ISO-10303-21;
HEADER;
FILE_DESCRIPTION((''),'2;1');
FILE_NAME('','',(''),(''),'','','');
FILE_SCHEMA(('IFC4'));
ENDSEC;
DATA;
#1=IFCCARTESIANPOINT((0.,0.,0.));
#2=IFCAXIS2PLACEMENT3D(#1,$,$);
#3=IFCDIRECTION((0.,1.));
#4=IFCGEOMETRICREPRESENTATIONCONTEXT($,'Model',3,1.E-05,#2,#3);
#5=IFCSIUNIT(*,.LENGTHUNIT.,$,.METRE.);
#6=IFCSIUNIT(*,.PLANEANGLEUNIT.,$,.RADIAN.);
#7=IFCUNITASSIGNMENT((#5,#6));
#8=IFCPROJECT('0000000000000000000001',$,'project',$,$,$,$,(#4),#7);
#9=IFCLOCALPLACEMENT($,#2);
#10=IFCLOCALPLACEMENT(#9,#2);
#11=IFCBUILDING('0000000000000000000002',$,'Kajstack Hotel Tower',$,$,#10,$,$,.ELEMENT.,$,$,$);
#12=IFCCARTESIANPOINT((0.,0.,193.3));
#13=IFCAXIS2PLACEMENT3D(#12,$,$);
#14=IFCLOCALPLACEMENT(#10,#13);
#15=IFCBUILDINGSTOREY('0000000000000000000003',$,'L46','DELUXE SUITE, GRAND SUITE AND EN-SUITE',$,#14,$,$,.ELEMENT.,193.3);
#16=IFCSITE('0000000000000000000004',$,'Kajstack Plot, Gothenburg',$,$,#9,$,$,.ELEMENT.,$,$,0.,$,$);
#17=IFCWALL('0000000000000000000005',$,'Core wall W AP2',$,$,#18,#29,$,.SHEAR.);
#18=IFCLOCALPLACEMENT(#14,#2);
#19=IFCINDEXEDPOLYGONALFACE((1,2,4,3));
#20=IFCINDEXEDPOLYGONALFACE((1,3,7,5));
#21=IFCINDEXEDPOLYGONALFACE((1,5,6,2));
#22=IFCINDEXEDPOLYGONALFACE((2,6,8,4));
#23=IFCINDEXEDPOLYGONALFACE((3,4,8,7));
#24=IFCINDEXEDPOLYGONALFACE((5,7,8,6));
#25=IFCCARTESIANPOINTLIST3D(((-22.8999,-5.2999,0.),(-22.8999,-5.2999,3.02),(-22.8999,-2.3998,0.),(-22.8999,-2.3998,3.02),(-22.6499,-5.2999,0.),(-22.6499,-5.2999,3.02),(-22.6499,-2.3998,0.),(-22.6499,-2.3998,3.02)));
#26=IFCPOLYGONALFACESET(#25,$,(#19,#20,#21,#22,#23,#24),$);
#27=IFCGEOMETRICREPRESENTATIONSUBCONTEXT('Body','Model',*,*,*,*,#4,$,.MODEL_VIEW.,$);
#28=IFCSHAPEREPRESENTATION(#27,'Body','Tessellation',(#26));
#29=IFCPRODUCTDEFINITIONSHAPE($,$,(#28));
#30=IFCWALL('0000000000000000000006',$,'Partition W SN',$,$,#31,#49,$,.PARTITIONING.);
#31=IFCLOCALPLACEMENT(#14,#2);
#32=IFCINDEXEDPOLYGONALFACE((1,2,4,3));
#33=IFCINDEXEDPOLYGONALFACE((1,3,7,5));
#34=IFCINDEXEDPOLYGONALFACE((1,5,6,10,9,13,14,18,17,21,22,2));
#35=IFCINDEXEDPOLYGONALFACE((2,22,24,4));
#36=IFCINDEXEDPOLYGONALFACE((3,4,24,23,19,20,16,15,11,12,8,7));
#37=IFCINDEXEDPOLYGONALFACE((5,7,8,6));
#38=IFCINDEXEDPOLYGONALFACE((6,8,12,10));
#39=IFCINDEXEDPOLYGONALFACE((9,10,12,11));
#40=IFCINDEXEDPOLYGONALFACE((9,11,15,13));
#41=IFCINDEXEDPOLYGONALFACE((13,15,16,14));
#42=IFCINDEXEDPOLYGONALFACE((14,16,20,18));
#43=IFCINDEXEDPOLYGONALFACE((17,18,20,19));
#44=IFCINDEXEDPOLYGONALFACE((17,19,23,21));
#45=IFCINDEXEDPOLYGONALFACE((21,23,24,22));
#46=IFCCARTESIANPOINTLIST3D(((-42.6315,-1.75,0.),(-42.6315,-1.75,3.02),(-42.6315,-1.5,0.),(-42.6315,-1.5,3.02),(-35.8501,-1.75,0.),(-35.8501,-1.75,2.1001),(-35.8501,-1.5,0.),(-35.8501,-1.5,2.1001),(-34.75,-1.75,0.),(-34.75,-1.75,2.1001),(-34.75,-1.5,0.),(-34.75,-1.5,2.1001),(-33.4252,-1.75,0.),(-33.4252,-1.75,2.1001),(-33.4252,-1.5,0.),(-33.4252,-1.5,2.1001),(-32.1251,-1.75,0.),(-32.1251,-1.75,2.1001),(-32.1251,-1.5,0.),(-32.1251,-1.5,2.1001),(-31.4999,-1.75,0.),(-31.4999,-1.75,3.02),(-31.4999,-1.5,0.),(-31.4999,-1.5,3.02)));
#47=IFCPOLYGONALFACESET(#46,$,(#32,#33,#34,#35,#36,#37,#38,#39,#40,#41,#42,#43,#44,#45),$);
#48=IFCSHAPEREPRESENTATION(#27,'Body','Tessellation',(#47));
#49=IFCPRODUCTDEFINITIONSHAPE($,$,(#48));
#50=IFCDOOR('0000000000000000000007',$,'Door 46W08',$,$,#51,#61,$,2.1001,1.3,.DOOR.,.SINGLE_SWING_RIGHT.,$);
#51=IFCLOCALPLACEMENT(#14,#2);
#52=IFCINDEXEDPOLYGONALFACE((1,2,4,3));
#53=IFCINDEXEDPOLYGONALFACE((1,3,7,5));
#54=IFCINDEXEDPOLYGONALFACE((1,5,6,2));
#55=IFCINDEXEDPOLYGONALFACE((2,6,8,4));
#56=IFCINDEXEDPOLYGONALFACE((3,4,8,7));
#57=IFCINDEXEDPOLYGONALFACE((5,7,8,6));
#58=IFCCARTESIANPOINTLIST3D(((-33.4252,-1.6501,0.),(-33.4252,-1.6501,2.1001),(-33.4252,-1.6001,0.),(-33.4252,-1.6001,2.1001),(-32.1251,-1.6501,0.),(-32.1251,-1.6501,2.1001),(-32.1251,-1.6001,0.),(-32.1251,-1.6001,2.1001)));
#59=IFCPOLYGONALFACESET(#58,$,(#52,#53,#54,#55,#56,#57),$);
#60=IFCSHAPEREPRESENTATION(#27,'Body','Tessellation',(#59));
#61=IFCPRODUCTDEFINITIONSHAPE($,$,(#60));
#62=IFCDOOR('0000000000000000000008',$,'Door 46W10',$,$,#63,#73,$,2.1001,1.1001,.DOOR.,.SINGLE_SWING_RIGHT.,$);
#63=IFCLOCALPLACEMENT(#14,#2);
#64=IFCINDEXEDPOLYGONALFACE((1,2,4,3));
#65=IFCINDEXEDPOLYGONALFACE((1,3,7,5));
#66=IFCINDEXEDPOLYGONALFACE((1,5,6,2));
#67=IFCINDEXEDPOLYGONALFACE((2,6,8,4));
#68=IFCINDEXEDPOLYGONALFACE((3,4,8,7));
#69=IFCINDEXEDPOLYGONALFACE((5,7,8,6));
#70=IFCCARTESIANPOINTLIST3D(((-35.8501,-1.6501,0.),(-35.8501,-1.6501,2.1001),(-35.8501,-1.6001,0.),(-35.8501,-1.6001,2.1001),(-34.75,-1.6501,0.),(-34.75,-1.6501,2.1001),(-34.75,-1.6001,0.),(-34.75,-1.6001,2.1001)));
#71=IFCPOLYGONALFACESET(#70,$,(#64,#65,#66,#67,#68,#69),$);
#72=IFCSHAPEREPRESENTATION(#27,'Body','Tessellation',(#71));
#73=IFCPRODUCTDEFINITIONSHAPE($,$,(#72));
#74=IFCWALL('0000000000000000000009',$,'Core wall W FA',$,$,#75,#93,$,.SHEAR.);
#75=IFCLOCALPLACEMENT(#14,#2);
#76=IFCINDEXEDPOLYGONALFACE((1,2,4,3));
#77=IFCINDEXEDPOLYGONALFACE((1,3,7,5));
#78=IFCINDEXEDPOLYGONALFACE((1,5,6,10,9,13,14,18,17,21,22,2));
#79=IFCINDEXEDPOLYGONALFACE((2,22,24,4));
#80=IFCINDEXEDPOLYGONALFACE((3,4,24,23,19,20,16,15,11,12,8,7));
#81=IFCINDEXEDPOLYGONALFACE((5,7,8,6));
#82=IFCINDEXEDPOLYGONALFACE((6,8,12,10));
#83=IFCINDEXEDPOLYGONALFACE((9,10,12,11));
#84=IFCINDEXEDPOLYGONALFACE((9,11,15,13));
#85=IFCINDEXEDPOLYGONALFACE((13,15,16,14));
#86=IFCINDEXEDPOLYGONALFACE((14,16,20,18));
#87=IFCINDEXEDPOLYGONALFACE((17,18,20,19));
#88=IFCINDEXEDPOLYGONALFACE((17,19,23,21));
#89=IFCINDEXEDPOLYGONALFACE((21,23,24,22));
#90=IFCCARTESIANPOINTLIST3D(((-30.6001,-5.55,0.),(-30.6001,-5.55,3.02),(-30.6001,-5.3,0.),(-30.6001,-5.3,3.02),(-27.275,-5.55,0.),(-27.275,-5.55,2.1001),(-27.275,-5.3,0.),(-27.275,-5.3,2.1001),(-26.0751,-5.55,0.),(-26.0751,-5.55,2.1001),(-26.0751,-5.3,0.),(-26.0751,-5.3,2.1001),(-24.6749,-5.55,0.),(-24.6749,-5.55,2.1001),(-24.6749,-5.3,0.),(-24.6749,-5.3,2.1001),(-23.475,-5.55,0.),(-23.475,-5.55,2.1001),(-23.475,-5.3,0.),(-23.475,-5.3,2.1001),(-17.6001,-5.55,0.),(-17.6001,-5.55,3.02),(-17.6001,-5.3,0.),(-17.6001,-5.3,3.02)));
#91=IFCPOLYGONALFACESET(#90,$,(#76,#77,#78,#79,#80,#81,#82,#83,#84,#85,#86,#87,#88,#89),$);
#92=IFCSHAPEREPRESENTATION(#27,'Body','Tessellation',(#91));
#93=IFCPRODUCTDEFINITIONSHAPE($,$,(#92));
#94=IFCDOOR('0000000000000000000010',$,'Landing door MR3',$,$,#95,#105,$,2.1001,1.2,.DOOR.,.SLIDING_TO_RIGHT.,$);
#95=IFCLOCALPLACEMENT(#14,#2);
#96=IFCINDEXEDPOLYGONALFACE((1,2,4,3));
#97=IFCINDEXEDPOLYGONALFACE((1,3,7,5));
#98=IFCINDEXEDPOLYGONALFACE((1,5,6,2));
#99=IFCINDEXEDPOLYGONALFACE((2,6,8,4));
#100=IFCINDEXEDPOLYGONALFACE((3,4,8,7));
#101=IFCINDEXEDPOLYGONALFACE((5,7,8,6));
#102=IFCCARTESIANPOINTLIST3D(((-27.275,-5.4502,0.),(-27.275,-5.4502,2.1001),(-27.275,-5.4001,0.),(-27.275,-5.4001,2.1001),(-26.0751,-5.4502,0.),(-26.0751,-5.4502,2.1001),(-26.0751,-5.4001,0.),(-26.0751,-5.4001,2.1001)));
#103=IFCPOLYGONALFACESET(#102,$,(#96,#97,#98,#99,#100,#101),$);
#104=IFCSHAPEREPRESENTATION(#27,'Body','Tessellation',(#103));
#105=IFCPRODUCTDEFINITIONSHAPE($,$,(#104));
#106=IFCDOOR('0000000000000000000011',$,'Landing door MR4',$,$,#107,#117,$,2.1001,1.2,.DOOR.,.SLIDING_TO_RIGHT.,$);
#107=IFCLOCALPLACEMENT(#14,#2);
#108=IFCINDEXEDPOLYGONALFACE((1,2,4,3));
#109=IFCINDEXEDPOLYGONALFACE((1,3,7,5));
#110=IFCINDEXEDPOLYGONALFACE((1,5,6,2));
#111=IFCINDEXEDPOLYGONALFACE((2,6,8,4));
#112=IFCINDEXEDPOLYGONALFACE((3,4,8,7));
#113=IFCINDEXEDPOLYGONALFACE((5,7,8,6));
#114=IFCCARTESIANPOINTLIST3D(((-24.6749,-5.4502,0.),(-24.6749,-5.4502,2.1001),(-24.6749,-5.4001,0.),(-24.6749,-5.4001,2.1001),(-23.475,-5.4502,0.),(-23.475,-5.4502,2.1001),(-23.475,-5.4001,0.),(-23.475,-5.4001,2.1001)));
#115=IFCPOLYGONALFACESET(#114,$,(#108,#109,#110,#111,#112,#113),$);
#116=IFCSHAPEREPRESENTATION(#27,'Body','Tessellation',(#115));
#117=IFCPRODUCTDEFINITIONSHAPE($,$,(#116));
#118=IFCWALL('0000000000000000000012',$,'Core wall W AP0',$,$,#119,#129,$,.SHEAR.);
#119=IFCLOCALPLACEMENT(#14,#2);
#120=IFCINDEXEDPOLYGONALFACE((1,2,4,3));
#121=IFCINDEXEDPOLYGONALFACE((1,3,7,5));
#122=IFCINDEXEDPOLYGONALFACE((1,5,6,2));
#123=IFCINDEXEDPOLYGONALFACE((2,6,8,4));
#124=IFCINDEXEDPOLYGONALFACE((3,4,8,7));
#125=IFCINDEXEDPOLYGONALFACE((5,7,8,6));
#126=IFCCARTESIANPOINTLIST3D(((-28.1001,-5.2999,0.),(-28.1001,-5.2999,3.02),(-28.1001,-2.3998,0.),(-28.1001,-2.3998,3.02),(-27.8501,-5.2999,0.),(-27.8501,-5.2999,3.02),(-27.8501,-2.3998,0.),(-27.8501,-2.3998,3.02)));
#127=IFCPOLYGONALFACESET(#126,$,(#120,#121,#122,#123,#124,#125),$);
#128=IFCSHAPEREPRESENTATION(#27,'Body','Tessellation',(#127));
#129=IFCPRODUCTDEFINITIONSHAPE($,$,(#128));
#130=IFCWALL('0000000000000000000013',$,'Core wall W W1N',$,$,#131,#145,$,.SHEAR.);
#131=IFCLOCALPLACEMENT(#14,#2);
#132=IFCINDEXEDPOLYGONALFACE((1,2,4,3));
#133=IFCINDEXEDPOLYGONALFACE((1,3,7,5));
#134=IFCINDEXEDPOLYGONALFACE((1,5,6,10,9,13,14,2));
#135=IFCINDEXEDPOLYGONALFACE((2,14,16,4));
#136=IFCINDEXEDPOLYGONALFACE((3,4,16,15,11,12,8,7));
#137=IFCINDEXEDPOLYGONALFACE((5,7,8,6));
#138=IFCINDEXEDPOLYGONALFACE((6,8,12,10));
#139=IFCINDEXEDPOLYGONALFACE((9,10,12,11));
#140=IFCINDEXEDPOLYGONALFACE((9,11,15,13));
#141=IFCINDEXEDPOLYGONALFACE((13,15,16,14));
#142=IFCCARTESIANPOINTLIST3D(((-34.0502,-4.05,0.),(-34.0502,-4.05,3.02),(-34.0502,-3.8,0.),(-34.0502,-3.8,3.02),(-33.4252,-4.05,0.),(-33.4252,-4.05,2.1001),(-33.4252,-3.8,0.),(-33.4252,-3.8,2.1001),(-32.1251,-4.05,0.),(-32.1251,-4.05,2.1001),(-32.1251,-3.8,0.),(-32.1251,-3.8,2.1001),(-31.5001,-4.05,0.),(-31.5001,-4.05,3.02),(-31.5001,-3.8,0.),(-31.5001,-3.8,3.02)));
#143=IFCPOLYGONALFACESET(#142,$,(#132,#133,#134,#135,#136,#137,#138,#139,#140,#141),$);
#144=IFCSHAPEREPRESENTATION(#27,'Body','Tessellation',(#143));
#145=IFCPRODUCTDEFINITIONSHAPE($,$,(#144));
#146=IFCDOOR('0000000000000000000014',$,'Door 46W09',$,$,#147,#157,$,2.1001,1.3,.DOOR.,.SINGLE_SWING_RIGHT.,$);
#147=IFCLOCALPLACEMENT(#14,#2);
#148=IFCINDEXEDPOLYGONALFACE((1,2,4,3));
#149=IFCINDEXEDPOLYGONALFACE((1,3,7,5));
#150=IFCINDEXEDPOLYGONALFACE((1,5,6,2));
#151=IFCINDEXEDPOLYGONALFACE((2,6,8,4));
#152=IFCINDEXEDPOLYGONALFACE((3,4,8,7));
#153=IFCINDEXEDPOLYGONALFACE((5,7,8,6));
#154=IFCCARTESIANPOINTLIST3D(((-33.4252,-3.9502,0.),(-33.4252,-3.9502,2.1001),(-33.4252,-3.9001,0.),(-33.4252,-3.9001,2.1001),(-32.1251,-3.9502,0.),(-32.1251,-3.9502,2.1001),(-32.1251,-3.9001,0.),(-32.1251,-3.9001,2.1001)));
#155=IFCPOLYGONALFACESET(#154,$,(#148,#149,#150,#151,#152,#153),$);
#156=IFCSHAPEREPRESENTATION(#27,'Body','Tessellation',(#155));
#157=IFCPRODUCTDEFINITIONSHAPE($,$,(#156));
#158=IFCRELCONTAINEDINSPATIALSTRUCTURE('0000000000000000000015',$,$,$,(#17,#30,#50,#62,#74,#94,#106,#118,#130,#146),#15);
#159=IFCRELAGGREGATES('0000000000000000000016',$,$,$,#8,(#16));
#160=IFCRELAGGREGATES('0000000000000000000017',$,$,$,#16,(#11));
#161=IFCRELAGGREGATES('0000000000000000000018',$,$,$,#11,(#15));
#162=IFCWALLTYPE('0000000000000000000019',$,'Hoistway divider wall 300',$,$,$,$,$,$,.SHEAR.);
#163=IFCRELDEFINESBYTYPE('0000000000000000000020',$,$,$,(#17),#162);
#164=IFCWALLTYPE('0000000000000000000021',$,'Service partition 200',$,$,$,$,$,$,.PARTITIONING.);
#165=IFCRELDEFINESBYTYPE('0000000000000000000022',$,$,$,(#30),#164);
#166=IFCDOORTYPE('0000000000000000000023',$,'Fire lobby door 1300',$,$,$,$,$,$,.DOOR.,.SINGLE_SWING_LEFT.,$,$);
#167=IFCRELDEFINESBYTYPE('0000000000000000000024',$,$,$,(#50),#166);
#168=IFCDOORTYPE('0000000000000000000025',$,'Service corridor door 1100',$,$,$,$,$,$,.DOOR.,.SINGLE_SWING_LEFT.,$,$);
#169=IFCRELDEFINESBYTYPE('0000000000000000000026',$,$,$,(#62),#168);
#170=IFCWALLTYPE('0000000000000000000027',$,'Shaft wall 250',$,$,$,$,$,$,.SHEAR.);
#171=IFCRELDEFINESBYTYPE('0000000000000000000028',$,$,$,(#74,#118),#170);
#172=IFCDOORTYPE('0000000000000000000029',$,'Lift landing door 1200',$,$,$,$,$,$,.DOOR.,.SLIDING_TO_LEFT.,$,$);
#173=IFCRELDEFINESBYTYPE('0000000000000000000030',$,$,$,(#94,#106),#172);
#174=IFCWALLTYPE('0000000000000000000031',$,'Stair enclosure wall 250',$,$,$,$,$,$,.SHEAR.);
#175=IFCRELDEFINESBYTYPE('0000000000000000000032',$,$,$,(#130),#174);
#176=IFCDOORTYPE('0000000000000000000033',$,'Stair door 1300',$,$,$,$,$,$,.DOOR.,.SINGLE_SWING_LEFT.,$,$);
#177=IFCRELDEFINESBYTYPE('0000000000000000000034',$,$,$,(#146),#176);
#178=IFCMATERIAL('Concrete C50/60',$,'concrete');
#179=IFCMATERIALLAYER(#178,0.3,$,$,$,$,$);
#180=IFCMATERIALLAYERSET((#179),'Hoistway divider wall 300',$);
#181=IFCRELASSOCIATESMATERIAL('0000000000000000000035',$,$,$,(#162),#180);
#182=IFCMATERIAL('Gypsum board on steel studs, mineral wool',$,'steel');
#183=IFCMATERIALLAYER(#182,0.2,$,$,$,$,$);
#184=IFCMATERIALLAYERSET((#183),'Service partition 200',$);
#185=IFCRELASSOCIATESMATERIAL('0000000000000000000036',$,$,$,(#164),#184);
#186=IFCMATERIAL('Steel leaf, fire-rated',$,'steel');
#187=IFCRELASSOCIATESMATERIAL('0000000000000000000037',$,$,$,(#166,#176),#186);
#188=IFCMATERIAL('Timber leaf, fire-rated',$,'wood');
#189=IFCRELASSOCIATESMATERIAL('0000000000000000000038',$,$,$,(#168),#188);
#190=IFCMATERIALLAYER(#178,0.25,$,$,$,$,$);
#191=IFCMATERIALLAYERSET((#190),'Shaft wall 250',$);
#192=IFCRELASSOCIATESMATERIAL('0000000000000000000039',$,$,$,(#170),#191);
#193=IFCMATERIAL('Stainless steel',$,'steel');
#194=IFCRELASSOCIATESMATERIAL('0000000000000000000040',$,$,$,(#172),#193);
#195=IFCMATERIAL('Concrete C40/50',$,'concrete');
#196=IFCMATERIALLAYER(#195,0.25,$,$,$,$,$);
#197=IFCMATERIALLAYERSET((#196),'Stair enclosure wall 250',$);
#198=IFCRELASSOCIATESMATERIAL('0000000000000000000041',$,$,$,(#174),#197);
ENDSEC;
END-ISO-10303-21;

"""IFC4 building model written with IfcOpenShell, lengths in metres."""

from ifc_helpers import new_model, si_unit, direction, frame, frame_2d, origin, place, context, subcontext, project, spatial, rectangle, extrude, material, layer, layer_set, type_object, element, fill, save


model = new_model("IFC4")

# Units and contexts
model_context = context("Model", 3, precision=1e-05, world=origin(), true_north=direction((0.0, 1.0)))
body_context = subcontext(model_context, "Body", "Model", "MODEL_VIEW")
ifc_project = project(units=[si_unit("LENGTHUNIT", "METRE"), si_unit("PLANEANGLEUNIT", "RADIAN")], contexts=[model_context])

# Site, building, storey
site_placement = place(None, origin())
site = spatial("IfcSite", under=ifc_project, at=site_placement, Name="Kajstack Plot, Gothenburg", CompositionType="ELEMENT", RefElevation=0.0)
building_placement = place(site_placement, origin())
building = spatial("IfcBuilding", under=site, at=building_placement, Name="Kajstack Hotel Tower", CompositionType="ELEMENT")
storey_placement = place(building_placement, frame((0.0, 0.0, 193.3)))
storey = spatial("IfcBuildingStorey", under=building, at=storey_placement, Name="L46", Description="DELUXE SUITE, GRAND SUITE AND EN-SUITE", CompositionType="ELEMENT", Elevation=193.3)

# Shared definitions
ifc_material_1 = material(Name="Gypsum board on steel studs, mineral wool", Category="steel")

# Wall
ifc_material_2 = material(Name="Concrete C50/60", Category="concrete")
ifc_layer_1 = layer(ifc_material_2, 0.3)
ifc_layer_set_1 = layer_set([ifc_layer_1], Name="Hoistway divider wall 300")
wall_type_1 = type_object("IfcWallType", Name="Hoistway divider wall 300", PredefinedType="SHEAR", material=ifc_layer_set_1)
wall_1_placement = place(storey_placement, frame((-22.7749, -5.3, 0.0), z_axis=(0.0, 0.0, 1.0), x_axis=(0.0, 1.0, 0.0)))
element("IfcWall", 1, at=wall_1_placement, inside=storey, type_object=wall_type_1, Name="Core wall W AP2", PredefinedType="SHEAR", context=body_context, shape_type="SweptSolid", body=[
    extrude(rectangle(XDim=2.9001, YDim=0.25, at=frame_2d((1.4502, 0.0))), origin(), (0.0, 0.0, 1.0), 3.02),
])

# Walls, openings, doors
ifc_layer_2 = layer(ifc_material_1, 0.2)
ifc_layer_set_2 = layer_set([ifc_layer_2], Name="Service partition 200")
wall_type_2 = type_object("IfcWallType", Name="Service partition 200", PredefinedType="PARTITIONING", material=ifc_layer_set_2)
wall_2_placement = place(storey_placement, frame((-42.6316, -1.625, 0.0), z_axis=(0.0, 0.0, 1.0), x_axis=(1.0, 0.0, 0.0)))
wall_2 = element("IfcWall", 2, at=wall_2_placement, inside=storey, type_object=wall_type_2, Name="Partition W SN", PredefinedType="PARTITIONING", context=body_context, shape_type="SweptSolid", body=[
    extrude(rectangle(XDim=11.1316, YDim=0.25, at=frame_2d((5.5659, 0.0))), origin(), (0.0, 0.0, 1.0), 3.02),
])
opening_1_placement = place(wall_2_placement, frame((9.2065, 0.0, 0.0)))
opening_1 = element("IfcOpeningElement", 3, at=opening_1_placement, cuts=wall_2, PredefinedType="OPENING", context=body_context, shape_type="SweptSolid", body=[
    extrude(rectangle(XDim=1.3, YDim=2.1001, at=frame_2d((0.6499, 1.05))), frame((0.0, 0.135, 0.0), z_axis=(0.0, -1.0, 0.0), x_axis=(1.0, 0.0, 0.0)), (0.0, 0.0, 1.0), 0.27),
])
opening_2_placement = place(wall_2_placement, frame((6.7815, 0.0, 0.0)))
opening_2 = element("IfcOpeningElement", 4, at=opening_2_placement, cuts=wall_2, PredefinedType="OPENING", context=body_context, shape_type="SweptSolid", body=[
    extrude(rectangle(XDim=1.1001, YDim=2.1001, at=frame_2d((0.55, 1.05))), frame((0.0, 0.135, 0.0), z_axis=(0.0, -1.0, 0.0), x_axis=(1.0, 0.0, 0.0)), (0.0, 0.0, 1.0), 0.27),
])
ifc_material_3 = material(Name="Steel leaf, fire-rated", Category="steel")
door_type_1 = type_object("IfcDoorType", Name="Fire lobby door 1300", OperationType="SINGLE_SWING_LEFT", PredefinedType="DOOR", material=ifc_material_3)
door_1_placement = place(opening_1_placement, origin())
door_1 = element("IfcDoor", 5, at=door_1_placement, inside=storey, type_object=door_type_1, Name="Door 46W08", OperationType="SINGLE_SWING_RIGHT", OverallHeight=2.1001, OverallWidth=1.3, PredefinedType="DOOR", context=body_context, shape_type="SweptSolid", body=[
    extrude(rectangle(XDim=1.3, YDim=2.1001, at=frame_2d((0.6499, 1.05))), frame((0.0, 0.0249, 0.0), z_axis=(0.0, -1.0, 0.0), x_axis=(1.0, 0.0, 0.0)), (0.0, 0.0, 1.0), 0.05),
])
fill(opening_1, door_1)
ifc_material_4 = material(Name="Timber leaf, fire-rated", Category="wood")
door_type_2 = type_object("IfcDoorType", Name="Service corridor door 1100", OperationType="SINGLE_SWING_LEFT", PredefinedType="DOOR", material=ifc_material_4)
door_2_placement = place(opening_2_placement, origin())
door_2 = element("IfcDoor", 6, at=door_2_placement, inside=storey, type_object=door_type_2, Name="Door 46W10", OperationType="SINGLE_SWING_RIGHT", OverallHeight=2.1001, OverallWidth=1.1001, PredefinedType="DOOR", context=body_context, shape_type="SweptSolid", body=[
    extrude(rectangle(XDim=1.1001, YDim=2.1001, at=frame_2d((0.55, 1.05))), frame((0.0, 0.0249, 0.0), z_axis=(0.0, -1.0, 0.0), x_axis=(1.0, 0.0, 0.0)), (0.0, 0.0, 1.0), 0.05),
])
fill(opening_2, door_2)
ifc_layer_3 = layer(ifc_material_2, 0.25)
ifc_layer_set_3 = layer_set([ifc_layer_3], Name="Shaft wall 250")
wall_type_3 = type_object("IfcWallType", Name="Shaft wall 250", PredefinedType="SHEAR", material=ifc_layer_set_3)
wall_3_placement = place(storey_placement, frame((-30.6001, -5.425, 0.0), z_axis=(0.0, 0.0, 1.0), x_axis=(1.0, 0.0, 0.0)))
wall_3 = element("IfcWall", 7, at=wall_3_placement, inside=storey, type_object=wall_type_3, Name="Core wall W FA", PredefinedType="SHEAR", context=body_context, shape_type="SweptSolid", body=[
    extrude(rectangle(XDim=13.0, YDim=0.25, at=frame_2d((6.5, 0.0))), origin(), (0.0, 0.0, 1.0), 3.02),
])
opening_3_placement = place(wall_3_placement, frame((3.325, 0.0, 0.0)))
opening_3 = element("IfcOpeningElement", 8, at=opening_3_placement, cuts=wall_3, PredefinedType="OPENING", context=body_context, shape_type="SweptSolid", body=[
    extrude(rectangle(XDim=1.2, YDim=2.1001, at=frame_2d((0.6001, 1.05))), frame((0.0, 0.135, 0.0), z_axis=(0.0, -1.0, 0.0), x_axis=(1.0, 0.0, 0.0)), (0.0, 0.0, 1.0), 0.27),
])
opening_4_placement = place(wall_3_placement, frame((5.925, 0.0, 0.0)))
opening_4 = element("IfcOpeningElement", 9, at=opening_4_placement, cuts=wall_3, PredefinedType="OPENING", context=body_context, shape_type="SweptSolid", body=[
    extrude(rectangle(XDim=1.2, YDim=2.1001, at=frame_2d((0.6001, 1.05))), frame((0.0, 0.135, 0.0), z_axis=(0.0, -1.0, 0.0), x_axis=(1.0, 0.0, 0.0)), (0.0, 0.0, 1.0), 0.27),
])
ifc_material_5 = material(Name="Stainless steel", Category="steel")
door_type_3 = type_object("IfcDoorType", Name="Lift landing door 1200", OperationType="SLIDING_TO_LEFT", PredefinedType="DOOR", material=ifc_material_5)
door_3_placement = place(opening_3_placement, origin())
door_3 = element("IfcDoor", 10, at=door_3_placement, inside=storey, type_object=door_type_3, Name="Landing door MR3", OperationType="SLIDING_TO_RIGHT", OverallHeight=2.1001, OverallWidth=1.2, PredefinedType="DOOR", context=body_context, shape_type="SweptSolid", body=[
    extrude(rectangle(XDim=1.2, YDim=2.1001, at=frame_2d((0.6001, 1.05))), frame((0.0, 0.0249, 0.0), z_axis=(0.0, -1.0, 0.0), x_axis=(1.0, 0.0, 0.0)), (0.0, 0.0, 1.0), 0.05),
])
fill(opening_3, door_3)
door_4_placement = place(opening_4_placement, origin())
door_4 = element("IfcDoor", 11, at=door_4_placement, inside=storey, type_object=door_type_3, Name="Landing door MR4", OperationType="SLIDING_TO_RIGHT", OverallHeight=2.1001, OverallWidth=1.2, PredefinedType="DOOR", context=body_context, shape_type="SweptSolid", body=[
    extrude(rectangle(XDim=1.2, YDim=2.1001, at=frame_2d((0.6001, 1.05))), frame((0.0, 0.0249, 0.0), z_axis=(0.0, -1.0, 0.0), x_axis=(1.0, 0.0, 0.0)), (0.0, 0.0, 1.0), 0.05),
])
fill(opening_4, door_4)

# Wall
wall_4_placement = place(storey_placement, frame((-27.9751, -5.3, 0.0), z_axis=(0.0, 0.0, 1.0), x_axis=(0.0, 1.0, 0.0)))
element("IfcWall", 12, at=wall_4_placement, inside=storey, type_object=wall_type_3, Name="Core wall W AP0", PredefinedType="SHEAR", context=body_context, shape_type="SweptSolid", body=[
    extrude(rectangle(XDim=2.9001, YDim=0.25, at=frame_2d((1.4502, 0.0))), origin(), (0.0, 0.0, 1.0), 3.02),
])

# Wall, opening, door
ifc_material_6 = material(Name="Concrete C40/50", Category="concrete")
ifc_layer_4 = layer(ifc_material_6, 0.25)
ifc_layer_set_4 = layer_set([ifc_layer_4], Name="Stair enclosure wall 250")
wall_type_4 = type_object("IfcWallType", Name="Stair enclosure wall 250", PredefinedType="SHEAR", material=ifc_layer_set_4)
wall_5_placement = place(storey_placement, frame((-34.05, -3.925, 0.0), z_axis=(0.0, 0.0, 1.0), x_axis=(1.0, 0.0, 0.0)))
wall_5 = element("IfcWall", 13, at=wall_5_placement, inside=storey, type_object=wall_type_4, Name="Core wall W W1N", PredefinedType="SHEAR", context=body_context, shape_type="SweptSolid", body=[
    extrude(rectangle(XDim=2.55, YDim=0.25, at=frame_2d((1.2749, 0.0))), origin(), (0.0, 0.0, 1.0), 3.02),
])
opening_5_placement = place(wall_5_placement, frame((0.625, 0.0, 0.0)))
opening_5 = element("IfcOpeningElement", 14, at=opening_5_placement, cuts=wall_5, PredefinedType="OPENING", context=body_context, shape_type="SweptSolid", body=[
    extrude(rectangle(XDim=1.3, YDim=2.1001, at=frame_2d((0.6499, 1.05))), frame((0.0, 0.135, 0.0), z_axis=(0.0, -1.0, 0.0), x_axis=(1.0, 0.0, 0.0)), (0.0, 0.0, 1.0), 0.27),
])
door_type_4 = type_object("IfcDoorType", Name="Stair door 1300", OperationType="SINGLE_SWING_LEFT", PredefinedType="DOOR", material=ifc_material_3)
door_5_placement = place(opening_5_placement, origin())
door_5 = element("IfcDoor", 15, at=door_5_placement, inside=storey, type_object=door_type_4, Name="Door 46W09", OperationType="SINGLE_SWING_RIGHT", OverallHeight=2.1001, OverallWidth=1.3, PredefinedType="DOOR", context=body_context, shape_type="SweptSolid", body=[
    extrude(rectangle(XDim=1.3, YDim=2.1001, at=frame_2d((0.6499, 1.05))), frame((0.0, 0.0249, 0.0), z_axis=(0.0, -1.0, 0.0), x_axis=(1.0, 0.0, 0.0)), (0.0, 0.0, 1.0), 0.05),
])
fill(opening_5, door_5)

save(model, "model.ifc")
